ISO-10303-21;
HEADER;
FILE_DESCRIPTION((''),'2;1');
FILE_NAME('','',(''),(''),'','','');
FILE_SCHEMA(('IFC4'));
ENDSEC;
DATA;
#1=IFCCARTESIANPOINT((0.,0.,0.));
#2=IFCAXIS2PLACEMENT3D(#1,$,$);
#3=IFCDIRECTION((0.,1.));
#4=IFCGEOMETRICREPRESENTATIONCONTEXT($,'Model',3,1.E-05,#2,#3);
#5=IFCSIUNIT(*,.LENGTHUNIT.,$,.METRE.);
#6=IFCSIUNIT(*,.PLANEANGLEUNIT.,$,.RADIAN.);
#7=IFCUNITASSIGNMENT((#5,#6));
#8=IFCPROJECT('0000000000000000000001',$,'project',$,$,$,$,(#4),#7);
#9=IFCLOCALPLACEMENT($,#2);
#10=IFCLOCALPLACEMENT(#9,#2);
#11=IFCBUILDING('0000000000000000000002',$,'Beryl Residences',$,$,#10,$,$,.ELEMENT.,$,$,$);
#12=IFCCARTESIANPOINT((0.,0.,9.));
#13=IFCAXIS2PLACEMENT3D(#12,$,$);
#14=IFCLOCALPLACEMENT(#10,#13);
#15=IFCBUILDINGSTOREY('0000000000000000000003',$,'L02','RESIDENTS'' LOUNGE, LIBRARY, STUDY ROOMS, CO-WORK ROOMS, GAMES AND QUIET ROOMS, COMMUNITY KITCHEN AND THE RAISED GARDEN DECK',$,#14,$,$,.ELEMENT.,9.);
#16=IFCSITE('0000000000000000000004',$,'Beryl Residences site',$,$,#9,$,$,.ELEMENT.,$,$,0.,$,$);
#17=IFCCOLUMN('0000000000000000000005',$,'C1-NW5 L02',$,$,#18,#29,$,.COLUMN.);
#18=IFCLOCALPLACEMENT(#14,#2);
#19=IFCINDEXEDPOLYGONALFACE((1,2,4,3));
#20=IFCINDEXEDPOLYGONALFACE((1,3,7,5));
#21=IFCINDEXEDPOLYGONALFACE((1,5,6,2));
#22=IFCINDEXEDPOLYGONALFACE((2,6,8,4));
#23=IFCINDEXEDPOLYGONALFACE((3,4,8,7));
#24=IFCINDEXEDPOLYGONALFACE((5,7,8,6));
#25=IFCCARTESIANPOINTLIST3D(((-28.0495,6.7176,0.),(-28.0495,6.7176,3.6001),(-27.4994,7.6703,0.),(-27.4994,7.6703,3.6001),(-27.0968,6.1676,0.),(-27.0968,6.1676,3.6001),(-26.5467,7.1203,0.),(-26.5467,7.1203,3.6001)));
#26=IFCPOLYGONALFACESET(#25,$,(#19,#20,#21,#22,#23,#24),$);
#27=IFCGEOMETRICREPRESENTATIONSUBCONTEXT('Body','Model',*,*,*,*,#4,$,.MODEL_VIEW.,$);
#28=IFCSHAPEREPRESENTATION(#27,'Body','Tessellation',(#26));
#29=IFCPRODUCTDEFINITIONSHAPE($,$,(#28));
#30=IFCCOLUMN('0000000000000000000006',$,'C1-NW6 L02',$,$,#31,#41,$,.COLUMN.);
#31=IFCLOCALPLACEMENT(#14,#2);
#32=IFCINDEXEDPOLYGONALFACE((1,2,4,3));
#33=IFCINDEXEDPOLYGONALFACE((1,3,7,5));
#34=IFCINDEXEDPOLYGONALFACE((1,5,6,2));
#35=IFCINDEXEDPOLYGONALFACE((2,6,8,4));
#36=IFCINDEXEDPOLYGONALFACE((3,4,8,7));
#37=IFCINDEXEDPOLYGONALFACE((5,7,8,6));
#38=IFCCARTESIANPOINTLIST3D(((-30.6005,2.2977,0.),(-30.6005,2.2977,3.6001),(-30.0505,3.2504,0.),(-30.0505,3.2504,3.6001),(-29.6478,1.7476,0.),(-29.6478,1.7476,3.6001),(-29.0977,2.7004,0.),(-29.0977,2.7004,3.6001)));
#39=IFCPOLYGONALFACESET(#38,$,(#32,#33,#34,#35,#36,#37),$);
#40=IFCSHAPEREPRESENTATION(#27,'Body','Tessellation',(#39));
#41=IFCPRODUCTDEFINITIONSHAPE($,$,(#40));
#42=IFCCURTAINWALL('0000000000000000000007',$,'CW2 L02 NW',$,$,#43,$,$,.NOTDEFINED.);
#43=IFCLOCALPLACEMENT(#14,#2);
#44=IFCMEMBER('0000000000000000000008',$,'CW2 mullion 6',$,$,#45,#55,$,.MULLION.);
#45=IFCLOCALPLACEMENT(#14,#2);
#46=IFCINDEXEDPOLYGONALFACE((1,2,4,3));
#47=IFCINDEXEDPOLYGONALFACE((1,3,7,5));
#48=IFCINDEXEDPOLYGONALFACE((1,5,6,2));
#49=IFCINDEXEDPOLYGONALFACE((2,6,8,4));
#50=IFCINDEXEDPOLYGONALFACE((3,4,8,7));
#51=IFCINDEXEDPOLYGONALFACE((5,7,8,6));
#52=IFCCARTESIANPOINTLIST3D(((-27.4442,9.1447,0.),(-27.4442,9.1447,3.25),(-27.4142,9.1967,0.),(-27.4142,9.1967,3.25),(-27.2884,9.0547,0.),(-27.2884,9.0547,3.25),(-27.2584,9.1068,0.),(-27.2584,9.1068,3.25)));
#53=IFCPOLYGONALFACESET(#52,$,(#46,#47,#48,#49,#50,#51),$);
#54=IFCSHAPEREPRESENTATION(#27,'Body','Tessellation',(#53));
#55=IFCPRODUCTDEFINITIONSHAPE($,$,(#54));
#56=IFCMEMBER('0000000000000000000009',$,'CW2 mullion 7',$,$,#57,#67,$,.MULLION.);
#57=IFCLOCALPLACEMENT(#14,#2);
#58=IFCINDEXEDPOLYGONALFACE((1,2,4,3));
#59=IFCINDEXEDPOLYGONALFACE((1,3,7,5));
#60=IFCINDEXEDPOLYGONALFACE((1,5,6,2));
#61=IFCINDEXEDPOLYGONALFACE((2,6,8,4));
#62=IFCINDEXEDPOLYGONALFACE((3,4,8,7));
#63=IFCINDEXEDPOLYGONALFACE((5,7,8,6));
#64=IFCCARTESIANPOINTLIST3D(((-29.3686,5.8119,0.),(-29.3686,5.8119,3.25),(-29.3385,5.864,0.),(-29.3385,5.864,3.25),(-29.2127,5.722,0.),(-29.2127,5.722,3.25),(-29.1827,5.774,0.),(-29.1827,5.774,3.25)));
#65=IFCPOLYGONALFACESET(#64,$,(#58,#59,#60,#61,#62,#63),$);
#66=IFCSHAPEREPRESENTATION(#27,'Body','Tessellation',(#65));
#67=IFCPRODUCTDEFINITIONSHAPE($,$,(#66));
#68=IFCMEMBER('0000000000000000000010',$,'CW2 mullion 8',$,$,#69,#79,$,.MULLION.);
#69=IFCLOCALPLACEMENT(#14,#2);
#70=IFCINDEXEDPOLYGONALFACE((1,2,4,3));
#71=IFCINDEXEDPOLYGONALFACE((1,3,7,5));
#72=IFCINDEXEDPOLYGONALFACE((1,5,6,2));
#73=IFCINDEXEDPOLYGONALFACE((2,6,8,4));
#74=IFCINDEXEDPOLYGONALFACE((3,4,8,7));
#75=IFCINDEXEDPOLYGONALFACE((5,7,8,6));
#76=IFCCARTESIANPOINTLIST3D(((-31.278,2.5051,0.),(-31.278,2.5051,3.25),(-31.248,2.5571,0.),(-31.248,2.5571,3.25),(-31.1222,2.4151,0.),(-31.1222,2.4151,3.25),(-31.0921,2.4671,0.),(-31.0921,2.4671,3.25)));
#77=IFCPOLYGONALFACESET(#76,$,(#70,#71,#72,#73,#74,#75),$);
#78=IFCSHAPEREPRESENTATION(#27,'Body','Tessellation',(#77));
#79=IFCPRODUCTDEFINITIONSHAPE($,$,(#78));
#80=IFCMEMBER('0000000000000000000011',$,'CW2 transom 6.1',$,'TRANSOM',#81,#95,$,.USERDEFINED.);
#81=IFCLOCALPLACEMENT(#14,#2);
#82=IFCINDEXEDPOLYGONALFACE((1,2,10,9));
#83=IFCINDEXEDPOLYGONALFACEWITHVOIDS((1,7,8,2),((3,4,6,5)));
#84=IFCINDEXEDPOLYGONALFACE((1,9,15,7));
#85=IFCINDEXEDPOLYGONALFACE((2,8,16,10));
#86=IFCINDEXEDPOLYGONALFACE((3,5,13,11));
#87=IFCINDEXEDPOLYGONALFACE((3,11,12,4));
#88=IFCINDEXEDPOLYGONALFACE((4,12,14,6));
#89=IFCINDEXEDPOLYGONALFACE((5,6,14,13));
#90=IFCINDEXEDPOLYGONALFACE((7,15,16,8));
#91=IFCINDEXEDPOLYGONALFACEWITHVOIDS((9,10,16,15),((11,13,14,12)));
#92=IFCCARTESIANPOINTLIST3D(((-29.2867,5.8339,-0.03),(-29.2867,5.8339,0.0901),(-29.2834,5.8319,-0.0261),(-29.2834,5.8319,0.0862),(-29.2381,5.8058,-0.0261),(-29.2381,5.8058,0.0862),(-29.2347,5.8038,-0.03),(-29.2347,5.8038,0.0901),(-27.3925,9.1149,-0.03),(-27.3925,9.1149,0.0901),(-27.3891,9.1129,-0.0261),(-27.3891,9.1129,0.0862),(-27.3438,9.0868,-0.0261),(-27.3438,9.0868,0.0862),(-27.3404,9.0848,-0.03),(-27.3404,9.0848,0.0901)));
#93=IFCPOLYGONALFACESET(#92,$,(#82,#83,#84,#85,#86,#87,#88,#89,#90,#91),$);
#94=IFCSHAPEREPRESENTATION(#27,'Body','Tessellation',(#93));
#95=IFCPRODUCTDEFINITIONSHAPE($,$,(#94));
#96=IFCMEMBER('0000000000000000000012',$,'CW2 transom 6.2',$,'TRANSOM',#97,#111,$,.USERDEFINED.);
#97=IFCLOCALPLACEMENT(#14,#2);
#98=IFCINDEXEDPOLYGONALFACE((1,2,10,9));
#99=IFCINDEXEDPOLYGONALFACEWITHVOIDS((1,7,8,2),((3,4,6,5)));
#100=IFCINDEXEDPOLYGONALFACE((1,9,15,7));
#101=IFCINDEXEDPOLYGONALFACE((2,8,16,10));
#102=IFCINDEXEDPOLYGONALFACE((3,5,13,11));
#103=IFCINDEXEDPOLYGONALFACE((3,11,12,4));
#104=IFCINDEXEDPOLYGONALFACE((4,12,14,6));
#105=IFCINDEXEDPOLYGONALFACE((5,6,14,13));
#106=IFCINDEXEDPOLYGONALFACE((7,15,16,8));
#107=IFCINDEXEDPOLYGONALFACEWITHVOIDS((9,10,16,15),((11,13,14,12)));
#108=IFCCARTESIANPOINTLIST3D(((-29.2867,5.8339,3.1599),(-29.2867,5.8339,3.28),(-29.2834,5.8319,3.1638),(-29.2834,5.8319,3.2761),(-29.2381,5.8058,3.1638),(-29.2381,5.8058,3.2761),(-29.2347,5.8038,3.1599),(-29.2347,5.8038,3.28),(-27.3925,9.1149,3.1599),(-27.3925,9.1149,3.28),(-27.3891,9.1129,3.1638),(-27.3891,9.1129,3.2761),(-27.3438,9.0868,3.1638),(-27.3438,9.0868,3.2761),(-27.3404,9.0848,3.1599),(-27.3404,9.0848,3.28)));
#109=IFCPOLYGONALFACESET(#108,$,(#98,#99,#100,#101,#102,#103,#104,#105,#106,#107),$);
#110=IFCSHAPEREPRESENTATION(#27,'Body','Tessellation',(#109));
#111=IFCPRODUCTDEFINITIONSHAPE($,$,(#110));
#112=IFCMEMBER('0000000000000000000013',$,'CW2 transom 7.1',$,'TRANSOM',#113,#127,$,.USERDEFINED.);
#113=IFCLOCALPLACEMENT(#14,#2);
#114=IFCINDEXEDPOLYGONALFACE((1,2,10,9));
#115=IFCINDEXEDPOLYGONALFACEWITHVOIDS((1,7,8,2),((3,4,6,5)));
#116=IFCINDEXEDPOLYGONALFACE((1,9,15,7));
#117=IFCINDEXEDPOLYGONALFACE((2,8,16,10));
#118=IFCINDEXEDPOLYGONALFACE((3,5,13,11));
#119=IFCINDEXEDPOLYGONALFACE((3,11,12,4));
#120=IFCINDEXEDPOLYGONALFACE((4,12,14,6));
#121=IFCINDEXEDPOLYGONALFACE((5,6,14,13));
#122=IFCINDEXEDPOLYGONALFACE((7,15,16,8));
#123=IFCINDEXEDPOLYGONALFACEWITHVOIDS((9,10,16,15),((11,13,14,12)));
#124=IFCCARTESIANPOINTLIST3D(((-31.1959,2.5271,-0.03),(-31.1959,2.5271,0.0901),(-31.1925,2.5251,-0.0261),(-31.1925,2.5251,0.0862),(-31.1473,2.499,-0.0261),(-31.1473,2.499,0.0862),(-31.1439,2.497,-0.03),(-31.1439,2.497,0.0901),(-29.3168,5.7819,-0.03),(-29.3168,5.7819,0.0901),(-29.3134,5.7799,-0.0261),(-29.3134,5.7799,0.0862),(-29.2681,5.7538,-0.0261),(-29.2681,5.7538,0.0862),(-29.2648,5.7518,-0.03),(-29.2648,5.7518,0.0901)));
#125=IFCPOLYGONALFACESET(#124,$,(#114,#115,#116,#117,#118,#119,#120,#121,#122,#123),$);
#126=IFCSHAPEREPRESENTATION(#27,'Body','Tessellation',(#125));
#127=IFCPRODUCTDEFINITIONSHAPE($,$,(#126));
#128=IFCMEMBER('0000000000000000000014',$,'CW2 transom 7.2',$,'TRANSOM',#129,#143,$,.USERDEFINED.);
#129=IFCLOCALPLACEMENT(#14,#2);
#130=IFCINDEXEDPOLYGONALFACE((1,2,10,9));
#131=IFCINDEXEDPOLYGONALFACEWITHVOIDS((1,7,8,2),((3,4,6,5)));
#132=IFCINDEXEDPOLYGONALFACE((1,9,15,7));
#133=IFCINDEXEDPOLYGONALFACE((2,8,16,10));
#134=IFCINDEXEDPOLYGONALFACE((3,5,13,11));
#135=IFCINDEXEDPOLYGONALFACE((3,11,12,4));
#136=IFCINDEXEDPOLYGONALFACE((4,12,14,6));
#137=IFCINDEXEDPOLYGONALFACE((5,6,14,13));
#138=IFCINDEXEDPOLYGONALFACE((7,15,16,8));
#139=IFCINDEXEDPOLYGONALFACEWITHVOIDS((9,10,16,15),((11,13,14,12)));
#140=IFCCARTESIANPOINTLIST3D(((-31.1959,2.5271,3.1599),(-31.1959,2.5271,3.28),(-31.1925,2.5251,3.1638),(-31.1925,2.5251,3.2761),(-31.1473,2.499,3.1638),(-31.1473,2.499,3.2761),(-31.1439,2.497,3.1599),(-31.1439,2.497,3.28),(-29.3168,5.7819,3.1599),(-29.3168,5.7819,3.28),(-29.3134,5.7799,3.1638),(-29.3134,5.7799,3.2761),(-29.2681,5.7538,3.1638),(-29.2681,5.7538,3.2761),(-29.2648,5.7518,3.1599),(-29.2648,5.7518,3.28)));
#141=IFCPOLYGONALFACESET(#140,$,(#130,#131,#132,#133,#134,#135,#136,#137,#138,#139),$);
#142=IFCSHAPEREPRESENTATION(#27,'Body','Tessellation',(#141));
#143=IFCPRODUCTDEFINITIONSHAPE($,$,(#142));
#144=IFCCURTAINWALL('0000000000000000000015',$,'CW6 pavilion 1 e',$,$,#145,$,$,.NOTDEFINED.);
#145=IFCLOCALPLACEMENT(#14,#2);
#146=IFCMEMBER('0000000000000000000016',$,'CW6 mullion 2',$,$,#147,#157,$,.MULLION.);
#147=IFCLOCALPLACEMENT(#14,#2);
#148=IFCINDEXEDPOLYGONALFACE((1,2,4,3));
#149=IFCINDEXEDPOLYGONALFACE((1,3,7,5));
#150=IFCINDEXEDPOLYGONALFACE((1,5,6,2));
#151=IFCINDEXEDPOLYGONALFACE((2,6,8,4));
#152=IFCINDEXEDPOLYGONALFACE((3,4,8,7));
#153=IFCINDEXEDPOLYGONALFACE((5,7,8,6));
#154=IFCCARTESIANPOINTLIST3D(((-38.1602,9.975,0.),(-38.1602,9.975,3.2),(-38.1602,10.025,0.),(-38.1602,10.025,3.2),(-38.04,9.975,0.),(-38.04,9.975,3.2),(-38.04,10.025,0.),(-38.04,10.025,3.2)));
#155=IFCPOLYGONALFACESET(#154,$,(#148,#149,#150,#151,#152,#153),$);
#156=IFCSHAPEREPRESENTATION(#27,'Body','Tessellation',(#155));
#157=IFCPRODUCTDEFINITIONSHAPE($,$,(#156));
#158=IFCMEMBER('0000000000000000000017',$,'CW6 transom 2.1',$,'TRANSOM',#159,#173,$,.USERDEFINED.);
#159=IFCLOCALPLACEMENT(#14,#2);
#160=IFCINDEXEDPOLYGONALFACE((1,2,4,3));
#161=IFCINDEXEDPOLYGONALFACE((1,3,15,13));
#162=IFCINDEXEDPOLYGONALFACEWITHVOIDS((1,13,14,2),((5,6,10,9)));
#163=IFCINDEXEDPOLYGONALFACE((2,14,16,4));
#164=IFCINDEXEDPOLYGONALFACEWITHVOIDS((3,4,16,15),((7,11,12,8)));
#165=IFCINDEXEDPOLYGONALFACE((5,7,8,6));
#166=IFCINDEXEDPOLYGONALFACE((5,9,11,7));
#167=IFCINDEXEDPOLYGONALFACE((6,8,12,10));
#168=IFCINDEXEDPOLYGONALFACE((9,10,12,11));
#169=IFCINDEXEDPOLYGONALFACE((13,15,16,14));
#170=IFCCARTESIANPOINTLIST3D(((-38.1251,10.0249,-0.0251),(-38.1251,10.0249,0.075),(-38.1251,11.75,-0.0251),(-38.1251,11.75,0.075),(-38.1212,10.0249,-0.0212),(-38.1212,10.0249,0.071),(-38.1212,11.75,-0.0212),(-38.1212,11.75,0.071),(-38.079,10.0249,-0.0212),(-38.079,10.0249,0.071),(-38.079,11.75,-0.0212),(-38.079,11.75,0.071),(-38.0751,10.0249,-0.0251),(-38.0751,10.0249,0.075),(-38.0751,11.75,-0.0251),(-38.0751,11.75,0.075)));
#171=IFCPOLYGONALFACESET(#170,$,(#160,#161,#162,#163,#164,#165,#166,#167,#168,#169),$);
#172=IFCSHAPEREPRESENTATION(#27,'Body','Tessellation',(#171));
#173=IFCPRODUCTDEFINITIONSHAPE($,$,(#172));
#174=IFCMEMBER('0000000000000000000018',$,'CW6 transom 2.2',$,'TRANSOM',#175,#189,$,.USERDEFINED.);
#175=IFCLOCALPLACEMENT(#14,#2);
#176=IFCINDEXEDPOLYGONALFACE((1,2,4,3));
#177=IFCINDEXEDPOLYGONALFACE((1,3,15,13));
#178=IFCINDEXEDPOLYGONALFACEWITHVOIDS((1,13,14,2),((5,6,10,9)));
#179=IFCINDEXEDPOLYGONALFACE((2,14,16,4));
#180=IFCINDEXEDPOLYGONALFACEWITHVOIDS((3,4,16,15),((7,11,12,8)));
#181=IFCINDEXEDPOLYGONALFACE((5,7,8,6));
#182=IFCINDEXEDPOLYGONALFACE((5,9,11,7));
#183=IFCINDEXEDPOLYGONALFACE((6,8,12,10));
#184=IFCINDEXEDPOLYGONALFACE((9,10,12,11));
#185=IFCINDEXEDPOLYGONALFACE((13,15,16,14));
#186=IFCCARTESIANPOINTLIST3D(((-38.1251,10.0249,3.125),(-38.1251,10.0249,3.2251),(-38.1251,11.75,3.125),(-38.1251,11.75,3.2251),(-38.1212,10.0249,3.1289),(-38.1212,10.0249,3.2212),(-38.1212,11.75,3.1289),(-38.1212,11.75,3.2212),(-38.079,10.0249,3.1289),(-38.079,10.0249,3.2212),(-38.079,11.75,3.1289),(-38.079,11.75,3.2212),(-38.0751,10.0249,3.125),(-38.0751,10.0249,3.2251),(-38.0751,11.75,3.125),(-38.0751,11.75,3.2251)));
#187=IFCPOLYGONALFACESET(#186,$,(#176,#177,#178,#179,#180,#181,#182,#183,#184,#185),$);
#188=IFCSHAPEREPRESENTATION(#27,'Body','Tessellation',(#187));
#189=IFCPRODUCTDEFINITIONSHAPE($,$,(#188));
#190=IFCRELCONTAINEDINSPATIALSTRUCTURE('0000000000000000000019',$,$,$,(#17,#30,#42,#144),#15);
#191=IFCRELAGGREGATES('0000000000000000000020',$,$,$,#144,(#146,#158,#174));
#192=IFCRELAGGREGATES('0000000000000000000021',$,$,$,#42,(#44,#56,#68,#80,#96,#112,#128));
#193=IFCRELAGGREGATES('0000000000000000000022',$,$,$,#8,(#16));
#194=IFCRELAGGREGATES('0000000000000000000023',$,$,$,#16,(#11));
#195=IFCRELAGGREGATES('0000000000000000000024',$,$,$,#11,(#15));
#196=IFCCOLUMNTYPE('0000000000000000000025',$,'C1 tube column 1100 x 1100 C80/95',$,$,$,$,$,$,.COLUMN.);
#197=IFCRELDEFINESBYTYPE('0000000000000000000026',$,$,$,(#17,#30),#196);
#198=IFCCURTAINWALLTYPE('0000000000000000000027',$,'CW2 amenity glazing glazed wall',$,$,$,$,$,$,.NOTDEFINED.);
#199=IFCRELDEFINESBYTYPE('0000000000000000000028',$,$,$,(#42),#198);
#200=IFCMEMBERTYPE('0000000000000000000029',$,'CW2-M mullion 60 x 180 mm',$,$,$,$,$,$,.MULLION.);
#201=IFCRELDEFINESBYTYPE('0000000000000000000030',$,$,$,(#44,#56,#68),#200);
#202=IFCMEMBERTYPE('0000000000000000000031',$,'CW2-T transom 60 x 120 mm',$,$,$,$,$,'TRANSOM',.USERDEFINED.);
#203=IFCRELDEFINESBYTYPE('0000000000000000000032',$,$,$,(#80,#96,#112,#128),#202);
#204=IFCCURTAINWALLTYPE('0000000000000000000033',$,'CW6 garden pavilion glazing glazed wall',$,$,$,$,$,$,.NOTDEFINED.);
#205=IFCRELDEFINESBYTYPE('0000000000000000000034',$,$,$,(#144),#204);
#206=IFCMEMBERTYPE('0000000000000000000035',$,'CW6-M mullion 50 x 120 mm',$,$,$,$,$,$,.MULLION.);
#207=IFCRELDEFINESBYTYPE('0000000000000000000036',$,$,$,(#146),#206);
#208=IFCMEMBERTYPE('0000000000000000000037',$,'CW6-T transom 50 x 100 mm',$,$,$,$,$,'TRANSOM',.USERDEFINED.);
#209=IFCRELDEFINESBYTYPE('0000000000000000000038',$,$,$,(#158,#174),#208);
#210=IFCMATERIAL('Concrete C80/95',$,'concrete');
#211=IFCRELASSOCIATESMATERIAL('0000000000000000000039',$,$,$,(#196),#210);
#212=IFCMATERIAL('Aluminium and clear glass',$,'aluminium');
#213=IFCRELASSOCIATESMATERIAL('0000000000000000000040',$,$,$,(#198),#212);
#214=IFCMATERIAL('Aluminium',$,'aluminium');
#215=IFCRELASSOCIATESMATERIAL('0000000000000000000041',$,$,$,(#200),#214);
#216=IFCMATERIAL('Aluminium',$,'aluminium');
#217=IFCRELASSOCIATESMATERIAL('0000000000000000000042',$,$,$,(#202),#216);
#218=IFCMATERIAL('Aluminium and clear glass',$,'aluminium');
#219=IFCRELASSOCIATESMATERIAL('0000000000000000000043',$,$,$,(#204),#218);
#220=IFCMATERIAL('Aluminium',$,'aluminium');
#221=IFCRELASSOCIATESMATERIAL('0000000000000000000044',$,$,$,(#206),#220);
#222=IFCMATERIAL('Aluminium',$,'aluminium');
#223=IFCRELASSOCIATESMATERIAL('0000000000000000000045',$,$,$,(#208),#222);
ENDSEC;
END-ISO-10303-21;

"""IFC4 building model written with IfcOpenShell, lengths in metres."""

from ifc_helpers import new_model, si_unit, direction, frame, origin, origin_2d, place, context, subcontext, project, spatial, rectangle, hollow_rectangle, extrude, material, material_profile, profile_set, type_object, element, aggregate, save


model = new_model("IFC4")

# Units and contexts
model_context = context("Model", 3, precision=1e-05, world=origin(), true_north=direction((0.0, 1.0)))
body_context = subcontext(model_context, "Body", "Model", "MODEL_VIEW")
ifc_project = project(units=[si_unit("LENGTHUNIT", "METRE"), si_unit("PLANEANGLEUNIT", "RADIAN")], contexts=[model_context])

# Site, building, storey
site_placement = place(None, origin())
site = spatial("IfcSite", under=ifc_project, at=site_placement, Name="Beryl Residences site", CompositionType="ELEMENT", RefElevation=0.0)
building_placement = place(site_placement, origin())
building = spatial("IfcBuilding", under=site, at=building_placement, Name="Beryl Residences", CompositionType="ELEMENT")
storey_placement = place(building_placement, frame((0.0, 0.0, 9.0)))
storey = spatial("IfcBuildingStorey", under=building, at=storey_placement, Name="L02", Description="RESIDENTS' LOUNGE, LIBRARY, STUDY ROOMS, CO-WORK ROOMS, GAMES AND QUIET ROOMS, COMMUNITY KITCHEN AND THE RAISED GARDEN DECK", CompositionType="ELEMENT", Elevation=9.0)

# Columns
ifc_material_1 = material(Name="Concrete C80/95", Category="concrete")
ifc_material_profile_1 = material_profile(ifc_material_1, rectangle(XDim=1.1001, YDim=1.1001, at=origin_2d()))
ifc_profile_set_1 = profile_set([ifc_material_profile_1], Name="Concrete C80/95")
column_type = type_object("IfcColumnType", Name="C1 tube column 1100 x 1100 C80/95", PredefinedType="COLUMN", material=ifc_profile_set_1)
for number, where, z_axis, x_axis, name in (
    (1, (-27.2981, 6.9189, 0.0), (0.0, 0.0, 1.0), (-0.499985, -0.866034, 0.0), "C1-NW5 L02"),
    (2, (-29.8491, 2.499, 0.0), (0.0, 0.0, 1.0), (-0.499985, -0.866034, 0.0), "C1-NW6 L02"),
):
    element("IfcColumn", number, at=place(storey_placement, frame(where, z_axis=z_axis, x_axis=x_axis)), inside=storey, type_object=column_type, Name=name, PredefinedType="COLUMN", context=body_context, shape_type="SweptSolid", body=[
        extrude(rectangle(XDim=1.1001, YDim=1.1001, at=origin_2d()), origin(), (0.0, 0.0, 1.0), 3.6001),
    ])

# Curtain walls, members
ifc_material_2 = material(Name="Aluminium and clear glass", Category="aluminium")
curtain_wall_type_1 = type_object("IfcCurtainWallType", Name="CW2 amenity glazing glazed wall", PredefinedType="NOTDEFINED", material=ifc_material_2)
curtain_wall_1_placement = place(storey_placement, origin())
curtain_wall_1 = element("IfcCurtainWall", 3, at=curtain_wall_1_placement, inside=storey, type_object=curtain_wall_type_1, Name="CW2 L02 NW", PredefinedType="NOTDEFINED")
ifc_material_3 = material(Name="Aluminium", Category="aluminium")
ifc_material_profile_2 = material_profile(ifc_material_3, rectangle(XDim=0.0601, YDim=0.1799, at=origin_2d()))
ifc_profile_set_2 = profile_set([ifc_material_profile_2], Name="Aluminium")
member_type_1 = type_object("IfcMemberType", Name="CW2-M mullion 60 x 180 mm", PredefinedType="MULLION", material=ifc_profile_set_2)
member_1_placement = place(storey_placement, frame((-27.3513, 9.1257, 0.0), z_axis=(0.0, 0.0, 1.0), x_axis=(-0.500012, -0.866019, 0.0)))
member_1 = element("IfcMember", 4, at=member_1_placement, type_object=member_type_1, Name="CW2 mullion 6", PredefinedType="MULLION", context=body_context, shape_type="SweptSolid", body=[
    extrude(rectangle(XDim=0.0601, YDim=0.1799, at=origin_2d()), origin(), (0.0, 0.0, 1.0), 3.25),
])
member_2_placement = place(storey_placement, frame((-29.2756, 5.793, 0.0), z_axis=(0.0, 0.0, 1.0), x_axis=(-0.500012, -0.866019, 0.0)))
member_2 = element("IfcMember", 5, at=member_2_placement, type_object=member_type_1, Name="CW2 mullion 7", PredefinedType="MULLION", context=body_context, shape_type="SweptSolid", body=[
    extrude(rectangle(XDim=0.0601, YDim=0.1799, at=origin_2d()), origin(), (0.0, 0.0, 1.0), 3.25),
])
member_3_placement = place(storey_placement, frame((-31.1851, 2.4861, 0.0), z_axis=(0.0, 0.0, 1.0), x_axis=(-0.500012, -0.866019, 0.0)))
member_3 = element("IfcMember", 6, at=member_3_placement, type_object=member_type_1, Name="CW2 mullion 8", PredefinedType="MULLION", context=body_context, shape_type="SweptSolid", body=[
    extrude(rectangle(XDim=0.0601, YDim=0.1799, at=origin_2d()), origin(), (0.0, 0.0, 1.0), 3.25),
])
ifc_material_4 = material(Name="Aluminium", Category="aluminium")
ifc_material_profile_3 = material_profile(ifc_material_4, hollow_rectangle(XDim=0.0601, YDim=0.1201, WallThickness=0.0039, at=origin_2d()))
ifc_profile_set_3 = profile_set([ifc_material_profile_3], Name="Aluminium")
member_type_2 = type_object("IfcMemberType", Name="CW2-T transom 60 x 120 mm", ElementType="TRANSOM", PredefinedType="USERDEFINED", material=ifc_profile_set_3)
member_4_placement = place(storey_placement, frame((-27.3665, 9.0999, 0.03), z_axis=(-0.5, -0.866026, 0.0), x_axis=(0.866026, -0.5, 0.0)))
member_4 = element("IfcMember", 7, at=member_4_placement, type_object=member_type_2, Name="CW2 transom 6.1", ObjectType="TRANSOM", PredefinedType="USERDEFINED", context=body_context, shape_type="SweptSolid", body=[
    extrude(hollow_rectangle(XDim=0.0601, YDim=0.1201, WallThickness=0.0039, at=origin_2d()), origin(), (0.0, 0.0, 1.0), 3.7886),
])
member_5_placement = place(storey_placement, frame((-27.3665, 9.0999, 3.22), z_axis=(-0.5, -0.866026, 0.0), x_axis=(0.866026, -0.5, 0.0)))
member_5 = element("IfcMember", 8, at=member_5_placement, type_object=member_type_2, Name="CW2 transom 6.2", ObjectType="TRANSOM", PredefinedType="USERDEFINED", context=body_context, shape_type="SweptSolid", body=[
    extrude(hollow_rectangle(XDim=0.0601, YDim=0.1201, WallThickness=0.0039, at=origin_2d()), origin(), (0.0, 0.0, 1.0), 3.7886),
])
member_6_placement = place(storey_placement, frame((-29.2908, 5.7668, 0.03), z_axis=(-0.499989, -0.866032, 0.0), x_axis=(0.866032, -0.499989, 0.0)))
member_6 = element("IfcMember", 9, at=member_6_placement, type_object=member_type_2, Name="CW2 transom 7.1", ObjectType="TRANSOM", PredefinedType="USERDEFINED", context=body_context, shape_type="SweptSolid", body=[
    extrude(hollow_rectangle(XDim=0.0601, YDim=0.1201, WallThickness=0.0039, at=origin_2d()), origin(), (0.0, 0.0, 1.0), 3.7583),
])
member_7_placement = place(storey_placement, frame((-29.2908, 5.7668, 3.22), z_axis=(-0.499989, -0.866032, 0.0), x_axis=(0.866032, -0.499989, 0.0)))
member_7 = element("IfcMember", 10, at=member_7_placement, type_object=member_type_2, Name="CW2 transom 7.2", ObjectType="TRANSOM", PredefinedType="USERDEFINED", context=body_context, shape_type="SweptSolid", body=[
    extrude(hollow_rectangle(XDim=0.0601, YDim=0.1201, WallThickness=0.0039, at=origin_2d()), origin(), (0.0, 0.0, 1.0), 3.7583),
])
ifc_material_5 = material(Name="Aluminium and clear glass", Category="aluminium")
curtain_wall_type_2 = type_object("IfcCurtainWallType", Name="CW6 garden pavilion glazing glazed wall", PredefinedType="NOTDEFINED", material=ifc_material_5)
curtain_wall_2_placement = place(storey_placement, origin())
curtain_wall_2 = element("IfcCurtainWall", 11, at=curtain_wall_2_placement, inside=storey, type_object=curtain_wall_type_2, Name="CW6 pavilion 1 e", PredefinedType="NOTDEFINED")
ifc_material_6 = material(Name="Aluminium", Category="aluminium")
ifc_material_profile_4 = material_profile(ifc_material_6, rectangle(XDim=0.05, YDim=0.1201, at=origin_2d()))
ifc_profile_set_4 = profile_set([ifc_material_profile_4], Name="Aluminium")
member_type_3 = type_object("IfcMemberType", Name="CW6-M mullion 50 x 120 mm", PredefinedType="MULLION", material=ifc_profile_set_4)
member_8_placement = place(storey_placement, frame((-38.1001, 10.0, 0.0), z_axis=(0.0, 0.0, 1.0), x_axis=(0.0, 1.0, 0.0)))
member_8 = element("IfcMember", 12, at=member_8_placement, type_object=member_type_3, Name="CW6 mullion 2", PredefinedType="MULLION", context=body_context, shape_type="SweptSolid", body=[
    extrude(rectangle(XDim=0.05, YDim=0.1201, at=origin_2d()), origin(), (0.0, 0.0, 1.0), 3.2),
])
ifc_material_7 = material(Name="Aluminium", Category="aluminium")
ifc_material_profile_5 = material_profile(ifc_material_7, hollow_rectangle(XDim=0.05, YDim=0.1001, WallThickness=0.0039, at=origin_2d()))
ifc_profile_set_5 = profile_set([ifc_material_profile_5], Name="Aluminium")
member_type_4 = type_object("IfcMemberType", Name="CW6-T transom 50 x 100 mm", ElementType="TRANSOM", PredefinedType="USERDEFINED", material=ifc_profile_set_5)
member_9_placement = place(storey_placement, frame((-38.1001, 10.0249, 0.0249), z_axis=(0.0, 1.0, 0.0), x_axis=(-1.0, 0.0, 0.0)))
member_9 = element("IfcMember", 13, at=member_9_placement, type_object=member_type_4, Name="CW6 transom 2.1", ObjectType="TRANSOM", PredefinedType="USERDEFINED", context=body_context, shape_type="SweptSolid", body=[
    extrude(hollow_rectangle(XDim=0.05, YDim=0.1001, WallThickness=0.0039, at=origin_2d()), origin(), (0.0, 0.0, 1.0), 1.7251),
])
member_10_placement = place(storey_placement, frame((-38.1001, 10.0249, 3.175), z_axis=(0.0, 1.0, 0.0), x_axis=(-1.0, 0.0, 0.0)))
member_10 = element("IfcMember", 14, at=member_10_placement, type_object=member_type_4, Name="CW6 transom 2.2", ObjectType="TRANSOM", PredefinedType="USERDEFINED", context=body_context, shape_type="SweptSolid", body=[
    extrude(hollow_rectangle(XDim=0.05, YDim=0.1001, WallThickness=0.0039, at=origin_2d()), origin(), (0.0, 0.0, 1.0), 1.7251),
])
aggregate(curtain_wall_2, [member_8, member_9, member_10])

aggregate(curtain_wall_1, [member_1, member_2, member_3, member_4, member_5, member_6, member_7])

save(model, "model.ifc")
